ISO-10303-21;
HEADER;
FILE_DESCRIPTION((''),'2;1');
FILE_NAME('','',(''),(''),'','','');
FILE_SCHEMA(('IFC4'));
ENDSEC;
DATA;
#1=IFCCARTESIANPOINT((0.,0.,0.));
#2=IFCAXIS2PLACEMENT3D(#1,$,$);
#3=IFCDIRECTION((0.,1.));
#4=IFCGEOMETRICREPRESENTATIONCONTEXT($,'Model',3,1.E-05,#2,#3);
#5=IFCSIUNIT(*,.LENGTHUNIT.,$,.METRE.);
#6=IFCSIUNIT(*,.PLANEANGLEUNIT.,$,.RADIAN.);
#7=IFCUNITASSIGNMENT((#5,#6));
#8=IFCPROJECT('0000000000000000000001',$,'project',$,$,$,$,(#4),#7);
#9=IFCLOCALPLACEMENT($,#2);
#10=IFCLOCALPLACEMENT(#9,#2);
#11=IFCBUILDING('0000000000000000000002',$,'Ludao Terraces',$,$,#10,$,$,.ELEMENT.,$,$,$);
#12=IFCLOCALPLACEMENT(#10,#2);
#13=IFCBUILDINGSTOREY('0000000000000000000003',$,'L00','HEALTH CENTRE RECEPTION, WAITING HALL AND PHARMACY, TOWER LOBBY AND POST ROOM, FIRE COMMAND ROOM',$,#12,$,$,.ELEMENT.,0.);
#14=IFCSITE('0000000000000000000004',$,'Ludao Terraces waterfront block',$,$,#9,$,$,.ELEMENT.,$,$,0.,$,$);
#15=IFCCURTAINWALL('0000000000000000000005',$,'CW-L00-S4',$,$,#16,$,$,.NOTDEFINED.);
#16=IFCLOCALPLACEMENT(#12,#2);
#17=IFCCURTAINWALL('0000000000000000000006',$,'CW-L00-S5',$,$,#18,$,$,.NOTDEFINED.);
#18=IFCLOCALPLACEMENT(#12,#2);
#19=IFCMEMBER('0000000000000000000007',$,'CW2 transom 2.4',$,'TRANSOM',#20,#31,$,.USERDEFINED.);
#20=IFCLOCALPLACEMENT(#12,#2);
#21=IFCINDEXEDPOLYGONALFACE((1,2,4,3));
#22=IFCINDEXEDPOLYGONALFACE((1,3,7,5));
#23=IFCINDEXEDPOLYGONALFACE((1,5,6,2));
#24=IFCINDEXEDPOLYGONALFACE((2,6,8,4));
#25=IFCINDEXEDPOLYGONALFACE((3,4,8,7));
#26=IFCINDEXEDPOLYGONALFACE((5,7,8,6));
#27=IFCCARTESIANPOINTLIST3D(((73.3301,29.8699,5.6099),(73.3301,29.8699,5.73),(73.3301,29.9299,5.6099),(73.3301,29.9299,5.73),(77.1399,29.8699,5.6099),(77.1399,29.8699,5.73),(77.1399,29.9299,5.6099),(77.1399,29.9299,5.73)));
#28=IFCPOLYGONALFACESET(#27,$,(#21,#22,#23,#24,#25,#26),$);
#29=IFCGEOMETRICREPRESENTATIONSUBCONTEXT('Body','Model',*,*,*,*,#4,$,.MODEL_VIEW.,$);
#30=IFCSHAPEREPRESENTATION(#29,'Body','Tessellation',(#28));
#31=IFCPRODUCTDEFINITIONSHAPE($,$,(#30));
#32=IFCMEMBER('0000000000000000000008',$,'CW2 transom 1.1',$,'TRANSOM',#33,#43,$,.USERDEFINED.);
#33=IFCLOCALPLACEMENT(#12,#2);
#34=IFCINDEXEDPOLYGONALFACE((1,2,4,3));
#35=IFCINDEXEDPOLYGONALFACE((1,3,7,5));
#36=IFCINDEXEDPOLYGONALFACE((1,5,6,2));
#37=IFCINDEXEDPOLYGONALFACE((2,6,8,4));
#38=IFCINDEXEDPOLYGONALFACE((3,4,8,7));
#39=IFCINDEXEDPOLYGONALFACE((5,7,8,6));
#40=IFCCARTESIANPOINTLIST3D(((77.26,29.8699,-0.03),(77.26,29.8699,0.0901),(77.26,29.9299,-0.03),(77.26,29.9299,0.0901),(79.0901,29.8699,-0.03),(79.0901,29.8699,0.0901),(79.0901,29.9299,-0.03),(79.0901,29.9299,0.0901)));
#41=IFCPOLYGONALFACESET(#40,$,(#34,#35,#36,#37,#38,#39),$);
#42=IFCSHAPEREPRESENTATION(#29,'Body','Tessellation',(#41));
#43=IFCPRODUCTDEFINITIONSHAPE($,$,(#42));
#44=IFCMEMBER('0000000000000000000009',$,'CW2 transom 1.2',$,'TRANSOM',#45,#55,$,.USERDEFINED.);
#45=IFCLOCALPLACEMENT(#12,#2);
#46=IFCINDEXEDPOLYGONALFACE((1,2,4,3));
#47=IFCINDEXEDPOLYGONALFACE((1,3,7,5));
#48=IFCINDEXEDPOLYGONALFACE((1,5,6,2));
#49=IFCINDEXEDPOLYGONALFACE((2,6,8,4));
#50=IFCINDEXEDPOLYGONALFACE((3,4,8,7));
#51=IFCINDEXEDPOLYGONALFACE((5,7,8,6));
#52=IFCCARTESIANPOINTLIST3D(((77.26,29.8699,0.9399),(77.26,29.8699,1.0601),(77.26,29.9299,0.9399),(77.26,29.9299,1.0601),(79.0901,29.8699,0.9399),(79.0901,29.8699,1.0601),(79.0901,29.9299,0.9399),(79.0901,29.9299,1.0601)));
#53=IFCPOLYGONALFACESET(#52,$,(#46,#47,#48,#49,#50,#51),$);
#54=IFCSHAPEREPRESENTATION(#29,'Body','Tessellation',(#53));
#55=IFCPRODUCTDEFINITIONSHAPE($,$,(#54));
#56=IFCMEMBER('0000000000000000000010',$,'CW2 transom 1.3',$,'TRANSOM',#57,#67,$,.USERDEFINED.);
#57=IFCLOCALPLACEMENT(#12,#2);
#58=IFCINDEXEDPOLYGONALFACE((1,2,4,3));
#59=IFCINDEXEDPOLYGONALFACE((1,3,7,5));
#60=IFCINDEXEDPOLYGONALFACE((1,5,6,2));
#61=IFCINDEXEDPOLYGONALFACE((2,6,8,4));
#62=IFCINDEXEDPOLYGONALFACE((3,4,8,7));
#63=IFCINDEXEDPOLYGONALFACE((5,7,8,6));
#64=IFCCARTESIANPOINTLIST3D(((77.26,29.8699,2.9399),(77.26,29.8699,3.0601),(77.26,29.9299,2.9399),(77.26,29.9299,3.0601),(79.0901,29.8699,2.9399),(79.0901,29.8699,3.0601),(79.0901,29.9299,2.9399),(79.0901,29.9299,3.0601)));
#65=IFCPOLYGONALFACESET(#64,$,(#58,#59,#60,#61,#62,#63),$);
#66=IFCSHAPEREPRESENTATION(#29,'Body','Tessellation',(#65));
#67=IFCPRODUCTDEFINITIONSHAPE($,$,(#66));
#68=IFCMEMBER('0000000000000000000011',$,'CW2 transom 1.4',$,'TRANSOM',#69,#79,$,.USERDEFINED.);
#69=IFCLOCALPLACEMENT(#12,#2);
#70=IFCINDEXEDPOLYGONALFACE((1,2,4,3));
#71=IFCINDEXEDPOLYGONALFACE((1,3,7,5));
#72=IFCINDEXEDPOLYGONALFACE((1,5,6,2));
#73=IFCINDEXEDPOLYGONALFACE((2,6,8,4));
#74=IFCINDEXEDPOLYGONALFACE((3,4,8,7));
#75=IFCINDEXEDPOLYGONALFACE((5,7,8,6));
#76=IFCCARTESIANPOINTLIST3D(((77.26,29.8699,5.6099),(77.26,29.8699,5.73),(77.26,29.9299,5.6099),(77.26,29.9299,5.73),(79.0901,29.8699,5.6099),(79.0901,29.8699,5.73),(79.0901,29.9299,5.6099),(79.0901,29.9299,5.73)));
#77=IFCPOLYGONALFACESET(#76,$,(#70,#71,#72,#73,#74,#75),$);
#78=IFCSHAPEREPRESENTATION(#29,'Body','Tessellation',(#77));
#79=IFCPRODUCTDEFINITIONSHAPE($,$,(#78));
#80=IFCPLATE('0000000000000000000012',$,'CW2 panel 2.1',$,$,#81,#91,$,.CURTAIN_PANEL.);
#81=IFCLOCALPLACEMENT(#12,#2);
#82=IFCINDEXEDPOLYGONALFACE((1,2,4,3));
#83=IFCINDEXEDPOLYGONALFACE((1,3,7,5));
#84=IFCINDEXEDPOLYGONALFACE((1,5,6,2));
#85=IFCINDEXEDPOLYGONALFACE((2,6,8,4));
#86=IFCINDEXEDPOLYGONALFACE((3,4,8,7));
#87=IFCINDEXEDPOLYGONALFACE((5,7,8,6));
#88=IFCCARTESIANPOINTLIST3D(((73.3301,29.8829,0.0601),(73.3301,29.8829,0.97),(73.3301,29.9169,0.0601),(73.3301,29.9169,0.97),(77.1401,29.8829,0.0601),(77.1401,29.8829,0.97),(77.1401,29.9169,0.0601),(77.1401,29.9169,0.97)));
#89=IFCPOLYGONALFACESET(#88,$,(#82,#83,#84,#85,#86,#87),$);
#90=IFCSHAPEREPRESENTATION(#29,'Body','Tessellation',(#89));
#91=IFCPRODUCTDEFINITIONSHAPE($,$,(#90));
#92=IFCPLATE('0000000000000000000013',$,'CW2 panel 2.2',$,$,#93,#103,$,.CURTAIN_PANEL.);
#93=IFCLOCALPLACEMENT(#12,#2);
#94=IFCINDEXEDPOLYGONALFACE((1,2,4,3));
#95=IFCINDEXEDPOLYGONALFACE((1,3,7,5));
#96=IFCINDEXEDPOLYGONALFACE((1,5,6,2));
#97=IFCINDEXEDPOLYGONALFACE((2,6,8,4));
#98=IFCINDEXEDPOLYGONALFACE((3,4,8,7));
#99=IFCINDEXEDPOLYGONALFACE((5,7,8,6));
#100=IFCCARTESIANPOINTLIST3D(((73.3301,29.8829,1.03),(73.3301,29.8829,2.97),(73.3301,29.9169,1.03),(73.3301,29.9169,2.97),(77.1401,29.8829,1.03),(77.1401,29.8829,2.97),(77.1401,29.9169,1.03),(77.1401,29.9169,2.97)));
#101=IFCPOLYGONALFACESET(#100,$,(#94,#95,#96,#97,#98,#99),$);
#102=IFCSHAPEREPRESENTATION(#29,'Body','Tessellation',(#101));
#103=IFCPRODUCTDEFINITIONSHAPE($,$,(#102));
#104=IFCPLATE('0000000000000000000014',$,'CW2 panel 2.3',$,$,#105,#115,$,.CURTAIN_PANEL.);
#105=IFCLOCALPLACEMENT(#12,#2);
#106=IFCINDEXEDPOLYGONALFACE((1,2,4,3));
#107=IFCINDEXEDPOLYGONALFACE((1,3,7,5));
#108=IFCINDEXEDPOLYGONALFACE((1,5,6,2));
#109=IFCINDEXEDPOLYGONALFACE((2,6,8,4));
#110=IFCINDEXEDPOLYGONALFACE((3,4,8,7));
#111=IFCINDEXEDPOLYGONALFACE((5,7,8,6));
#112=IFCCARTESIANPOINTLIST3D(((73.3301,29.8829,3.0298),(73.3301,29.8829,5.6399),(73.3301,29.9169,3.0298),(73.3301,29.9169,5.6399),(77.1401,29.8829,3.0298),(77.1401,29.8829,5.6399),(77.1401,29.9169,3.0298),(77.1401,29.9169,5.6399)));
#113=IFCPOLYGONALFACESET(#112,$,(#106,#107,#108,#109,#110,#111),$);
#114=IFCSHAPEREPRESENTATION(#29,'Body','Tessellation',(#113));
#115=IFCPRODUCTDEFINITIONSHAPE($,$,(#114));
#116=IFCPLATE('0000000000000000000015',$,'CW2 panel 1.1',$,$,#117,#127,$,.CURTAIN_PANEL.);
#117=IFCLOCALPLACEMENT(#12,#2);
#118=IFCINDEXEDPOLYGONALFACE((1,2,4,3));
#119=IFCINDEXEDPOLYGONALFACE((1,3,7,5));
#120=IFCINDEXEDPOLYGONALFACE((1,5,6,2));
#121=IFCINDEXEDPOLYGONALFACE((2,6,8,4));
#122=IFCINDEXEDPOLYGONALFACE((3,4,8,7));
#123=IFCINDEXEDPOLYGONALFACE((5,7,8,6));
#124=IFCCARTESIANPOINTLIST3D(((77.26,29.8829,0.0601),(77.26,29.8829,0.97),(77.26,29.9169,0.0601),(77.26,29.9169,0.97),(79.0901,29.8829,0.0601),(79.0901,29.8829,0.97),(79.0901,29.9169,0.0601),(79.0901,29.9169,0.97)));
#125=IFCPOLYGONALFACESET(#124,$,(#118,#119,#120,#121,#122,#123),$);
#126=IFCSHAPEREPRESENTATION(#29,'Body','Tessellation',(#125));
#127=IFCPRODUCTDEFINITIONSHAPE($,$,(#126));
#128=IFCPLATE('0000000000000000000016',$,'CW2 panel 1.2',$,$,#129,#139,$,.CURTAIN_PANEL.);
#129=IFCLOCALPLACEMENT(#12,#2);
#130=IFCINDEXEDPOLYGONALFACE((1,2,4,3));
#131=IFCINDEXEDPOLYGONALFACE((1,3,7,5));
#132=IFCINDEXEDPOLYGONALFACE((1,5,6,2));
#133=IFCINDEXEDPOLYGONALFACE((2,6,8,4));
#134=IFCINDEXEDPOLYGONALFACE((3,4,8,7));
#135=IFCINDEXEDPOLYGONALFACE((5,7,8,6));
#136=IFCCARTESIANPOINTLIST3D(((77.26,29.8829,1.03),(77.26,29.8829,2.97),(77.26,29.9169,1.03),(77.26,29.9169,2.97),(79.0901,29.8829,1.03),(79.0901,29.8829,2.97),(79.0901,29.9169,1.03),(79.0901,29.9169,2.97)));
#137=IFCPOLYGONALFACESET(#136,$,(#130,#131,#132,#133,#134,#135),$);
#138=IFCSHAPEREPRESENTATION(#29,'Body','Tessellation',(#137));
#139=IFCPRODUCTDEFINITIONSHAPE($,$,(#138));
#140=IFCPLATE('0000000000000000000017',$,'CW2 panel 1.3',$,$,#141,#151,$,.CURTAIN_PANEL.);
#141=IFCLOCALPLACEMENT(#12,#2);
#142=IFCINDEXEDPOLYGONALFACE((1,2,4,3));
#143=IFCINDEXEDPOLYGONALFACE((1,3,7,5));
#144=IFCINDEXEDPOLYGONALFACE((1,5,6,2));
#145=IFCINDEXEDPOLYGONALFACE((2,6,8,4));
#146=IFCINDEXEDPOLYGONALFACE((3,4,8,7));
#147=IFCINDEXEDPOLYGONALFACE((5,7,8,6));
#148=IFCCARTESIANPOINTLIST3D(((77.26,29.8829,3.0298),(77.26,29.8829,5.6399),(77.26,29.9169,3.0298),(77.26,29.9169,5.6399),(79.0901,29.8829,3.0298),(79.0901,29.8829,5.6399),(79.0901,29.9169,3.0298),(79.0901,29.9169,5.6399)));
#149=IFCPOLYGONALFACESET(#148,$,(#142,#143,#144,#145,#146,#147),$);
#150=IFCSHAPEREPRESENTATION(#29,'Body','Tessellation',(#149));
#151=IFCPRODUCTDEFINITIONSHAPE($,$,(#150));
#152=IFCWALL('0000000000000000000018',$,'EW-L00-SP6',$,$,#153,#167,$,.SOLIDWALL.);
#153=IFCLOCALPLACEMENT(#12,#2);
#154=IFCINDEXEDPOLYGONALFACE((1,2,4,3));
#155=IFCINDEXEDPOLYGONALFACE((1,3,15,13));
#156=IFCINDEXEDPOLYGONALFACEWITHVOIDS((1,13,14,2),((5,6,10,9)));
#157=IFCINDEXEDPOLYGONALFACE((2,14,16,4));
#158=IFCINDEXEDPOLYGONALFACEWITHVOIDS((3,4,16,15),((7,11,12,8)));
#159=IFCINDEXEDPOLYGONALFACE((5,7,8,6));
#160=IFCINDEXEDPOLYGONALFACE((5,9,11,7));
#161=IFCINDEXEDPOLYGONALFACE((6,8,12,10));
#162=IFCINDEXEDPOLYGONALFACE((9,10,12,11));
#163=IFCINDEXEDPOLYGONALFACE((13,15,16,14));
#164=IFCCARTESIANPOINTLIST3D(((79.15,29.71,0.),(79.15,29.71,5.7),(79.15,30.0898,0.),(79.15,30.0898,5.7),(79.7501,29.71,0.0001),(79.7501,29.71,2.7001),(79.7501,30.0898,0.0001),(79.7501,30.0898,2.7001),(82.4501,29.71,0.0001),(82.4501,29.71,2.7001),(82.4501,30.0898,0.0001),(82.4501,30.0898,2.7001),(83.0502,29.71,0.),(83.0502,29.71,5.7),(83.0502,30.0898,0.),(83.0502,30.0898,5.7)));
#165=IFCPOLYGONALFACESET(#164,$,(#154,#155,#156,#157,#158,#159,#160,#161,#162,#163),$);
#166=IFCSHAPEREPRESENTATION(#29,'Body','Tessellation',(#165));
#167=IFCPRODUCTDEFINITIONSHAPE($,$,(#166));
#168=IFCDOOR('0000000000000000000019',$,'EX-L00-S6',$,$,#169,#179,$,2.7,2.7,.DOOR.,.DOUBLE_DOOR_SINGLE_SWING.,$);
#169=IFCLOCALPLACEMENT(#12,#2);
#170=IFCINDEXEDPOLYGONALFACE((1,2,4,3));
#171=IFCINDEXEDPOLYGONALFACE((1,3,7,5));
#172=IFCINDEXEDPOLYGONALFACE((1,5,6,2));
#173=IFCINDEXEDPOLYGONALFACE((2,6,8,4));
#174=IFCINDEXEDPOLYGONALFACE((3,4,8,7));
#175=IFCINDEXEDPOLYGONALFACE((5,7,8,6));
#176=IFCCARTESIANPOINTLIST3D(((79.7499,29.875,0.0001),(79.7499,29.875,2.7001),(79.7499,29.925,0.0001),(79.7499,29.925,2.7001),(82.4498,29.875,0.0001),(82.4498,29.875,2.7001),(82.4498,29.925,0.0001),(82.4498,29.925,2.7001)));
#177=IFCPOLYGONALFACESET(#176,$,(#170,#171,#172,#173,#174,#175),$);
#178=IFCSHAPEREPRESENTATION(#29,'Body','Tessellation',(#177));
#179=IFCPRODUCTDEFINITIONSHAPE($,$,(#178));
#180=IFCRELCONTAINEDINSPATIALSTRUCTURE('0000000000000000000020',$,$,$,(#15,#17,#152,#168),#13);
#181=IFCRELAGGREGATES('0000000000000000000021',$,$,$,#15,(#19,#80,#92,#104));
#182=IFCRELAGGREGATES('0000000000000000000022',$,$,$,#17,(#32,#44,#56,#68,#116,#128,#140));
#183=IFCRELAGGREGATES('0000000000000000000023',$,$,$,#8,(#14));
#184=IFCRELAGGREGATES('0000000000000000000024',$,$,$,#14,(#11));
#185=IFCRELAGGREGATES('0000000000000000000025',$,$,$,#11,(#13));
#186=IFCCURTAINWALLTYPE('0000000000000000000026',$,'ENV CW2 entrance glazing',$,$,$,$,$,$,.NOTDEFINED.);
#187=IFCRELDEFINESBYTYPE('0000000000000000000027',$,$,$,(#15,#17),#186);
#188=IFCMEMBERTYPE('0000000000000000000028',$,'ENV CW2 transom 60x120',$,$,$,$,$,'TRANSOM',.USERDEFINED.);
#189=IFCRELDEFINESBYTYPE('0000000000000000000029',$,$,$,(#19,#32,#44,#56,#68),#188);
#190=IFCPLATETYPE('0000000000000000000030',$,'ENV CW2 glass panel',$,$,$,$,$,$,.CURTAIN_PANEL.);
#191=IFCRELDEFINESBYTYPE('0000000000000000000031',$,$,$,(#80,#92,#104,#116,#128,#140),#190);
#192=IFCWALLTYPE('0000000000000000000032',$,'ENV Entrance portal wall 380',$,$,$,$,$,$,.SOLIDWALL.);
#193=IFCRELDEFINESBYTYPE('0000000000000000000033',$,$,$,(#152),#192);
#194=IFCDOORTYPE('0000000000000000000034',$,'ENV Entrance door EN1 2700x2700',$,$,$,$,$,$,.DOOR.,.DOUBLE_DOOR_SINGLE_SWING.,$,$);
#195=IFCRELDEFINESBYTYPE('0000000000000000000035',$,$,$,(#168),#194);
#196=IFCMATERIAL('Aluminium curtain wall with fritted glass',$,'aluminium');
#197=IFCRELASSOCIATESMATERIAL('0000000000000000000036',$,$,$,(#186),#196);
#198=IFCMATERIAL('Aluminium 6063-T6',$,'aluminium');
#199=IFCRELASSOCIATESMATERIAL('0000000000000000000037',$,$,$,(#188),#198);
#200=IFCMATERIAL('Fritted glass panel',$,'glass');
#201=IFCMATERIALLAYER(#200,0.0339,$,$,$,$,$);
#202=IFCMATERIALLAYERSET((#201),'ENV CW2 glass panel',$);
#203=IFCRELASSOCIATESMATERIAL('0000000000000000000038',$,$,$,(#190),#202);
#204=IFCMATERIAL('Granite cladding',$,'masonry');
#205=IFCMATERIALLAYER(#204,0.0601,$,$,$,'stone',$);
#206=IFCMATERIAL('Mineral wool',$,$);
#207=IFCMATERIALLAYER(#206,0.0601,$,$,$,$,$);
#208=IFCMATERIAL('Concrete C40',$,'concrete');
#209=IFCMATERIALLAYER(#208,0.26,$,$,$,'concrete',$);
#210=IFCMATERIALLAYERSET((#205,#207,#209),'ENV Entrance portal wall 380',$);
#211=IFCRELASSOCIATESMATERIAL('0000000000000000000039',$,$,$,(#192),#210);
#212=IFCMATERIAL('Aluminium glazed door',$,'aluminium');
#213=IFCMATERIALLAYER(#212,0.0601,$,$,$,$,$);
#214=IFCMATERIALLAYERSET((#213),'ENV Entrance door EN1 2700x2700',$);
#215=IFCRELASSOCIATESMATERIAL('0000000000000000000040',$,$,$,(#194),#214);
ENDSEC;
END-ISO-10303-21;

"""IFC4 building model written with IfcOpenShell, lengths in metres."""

from ifc_helpers import new_model, si_unit, direction, frame, frame_2d, origin, origin_2d, place, context, subcontext, project, spatial, rectangle, extrude, material, layer, layer_set, material_profile, profile_set, type_object, element, fill, aggregate, save


model = new_model("IFC4")

# Units and contexts
model_context = context("Model", 3, precision=1e-05, world=origin(), true_north=direction((0.0, 1.0)))
body_context = subcontext(model_context, "Body", "Model", "MODEL_VIEW")
ifc_project = project(units=[si_unit("LENGTHUNIT", "METRE"), si_unit("PLANEANGLEUNIT", "RADIAN")], contexts=[model_context])

# Site, building, storey
site_placement = place(None, origin())
site = spatial("IfcSite", under=ifc_project, at=site_placement, Name="Ludao Terraces waterfront block", CompositionType="ELEMENT", RefElevation=0.0)
building_placement = place(site_placement, origin())
building = spatial("IfcBuilding", under=site, at=building_placement, Name="Ludao Terraces", CompositionType="ELEMENT")
storey_placement = place(building_placement, origin())
storey = spatial("IfcBuildingStorey", under=building, at=storey_placement, Name="L00", Description="HEALTH CENTRE RECEPTION, WAITING HALL AND PHARMACY, TOWER LOBBY AND POST ROOM, FIRE COMMAND ROOM", CompositionType="ELEMENT", Elevation=0.0)

# Curtain wall
ifc_material_1 = material(Name="Aluminium curtain wall with fritted glass", Category="aluminium")
curtain_wall_type = type_object("IfcCurtainWallType", Name="ENV CW2 entrance glazing", PredefinedType="NOTDEFINED", material=ifc_material_1)
curtain_wall_1_placement = place(storey_placement, origin())
curtain_wall_1 = element("IfcCurtainWall", 1, at=curtain_wall_1_placement, inside=storey, type_object=curtain_wall_type, Name="CW-L00-S4", PredefinedType="NOTDEFINED")
ifc_material_2 = material(Name="Aluminium 6063-T6", Category="aluminium")

# Curtain wall
curtain_wall_2_placement = place(storey_placement, origin())
curtain_wall_2 = element("IfcCurtainWall", 2, at=curtain_wall_2_placement, inside=storey, type_object=curtain_wall_type, Name="CW-L00-S5", PredefinedType="NOTDEFINED")

# Members
ifc_material_profile_1 = material_profile(ifc_material_2, rectangle(XDim=0.0601, YDim=0.1201, at=origin_2d()), Name="60 X 120")
ifc_profile_set_1 = profile_set([ifc_material_profile_1], Name="Aluminium 6063-T6")
member_type_1 = type_object("IfcMemberType", Name="ENV CW2 transom 60x120", ElementType="TRANSOM", PredefinedType="USERDEFINED", material=ifc_profile_set_1)
member_1_placement = place(storey_placement, frame((73.3301, 29.8999, 5.6699), z_axis=(1.0, 0.0, 0.0), x_axis=(0.0, 1.0, 0.0)))
member_1 = element("IfcMember", 3, at=member_1_placement, type_object=member_type_1, Name="CW2 transom 2.4", ObjectType="TRANSOM", PredefinedType="USERDEFINED", context=body_context, shape_type="SweptSolid", body=[
    extrude(rectangle(XDim=0.0601, YDim=0.1201, at=origin_2d()), origin(), (0.0, 0.0, 1.0), 3.8098),
])
member_2_placement = place(storey_placement, frame((77.26, 29.8999, 0.03), z_axis=(1.0, 0.0, 0.0), x_axis=(0.0, 1.0, 0.0)))
member_2 = element("IfcMember", 4, at=member_2_placement, type_object=member_type_1, Name="CW2 transom 1.1", ObjectType="TRANSOM", PredefinedType="USERDEFINED", context=body_context, shape_type="SweptSolid", body=[
    extrude(rectangle(XDim=0.0601, YDim=0.1201, at=origin_2d()), origin(), (0.0, 0.0, 1.0), 1.8301),
])
member_3_placement = place(storey_placement, frame((77.26, 29.8999, 1.0), z_axis=(1.0, 0.0, 0.0), x_axis=(0.0, 1.0, 0.0)))
member_3 = element("IfcMember", 5, at=member_3_placement, type_object=member_type_1, Name="CW2 transom 1.2", ObjectType="TRANSOM", PredefinedType="USERDEFINED", context=body_context, shape_type="SweptSolid", body=[
    extrude(rectangle(XDim=0.0601, YDim=0.1201, at=origin_2d()), origin(), (0.0, 0.0, 1.0), 1.8301),
])
member_4_placement = place(storey_placement, frame((77.26, 29.8999, 3.0), z_axis=(1.0, 0.0, 0.0), x_axis=(0.0, 1.0, 0.0)))
member_4 = element("IfcMember", 6, at=member_4_placement, type_object=member_type_1, Name="CW2 transom 1.3", ObjectType="TRANSOM", PredefinedType="USERDEFINED", context=body_context, shape_type="SweptSolid", body=[
    extrude(rectangle(XDim=0.0601, YDim=0.1201, at=origin_2d()), origin(), (0.0, 0.0, 1.0), 1.8301),
])
member_5_placement = place(storey_placement, frame((77.26, 29.8999, 5.6699), z_axis=(1.0, 0.0, 0.0), x_axis=(0.0, 1.0, 0.0)))
member_5 = element("IfcMember", 7, at=member_5_placement, type_object=member_type_1, Name="CW2 transom 1.4", ObjectType="TRANSOM", PredefinedType="USERDEFINED", context=body_context, shape_type="SweptSolid", body=[
    extrude(rectangle(XDim=0.0601, YDim=0.1201, at=origin_2d()), origin(), (0.0, 0.0, 1.0), 1.8301),
])

# Plates
ifc_material_3 = material(Name="Fritted glass panel", Category="glass")
ifc_layer_1 = layer(ifc_material_3, 0.0339)
ifc_layer_set_1 = layer_set([ifc_layer_1], Name="ENV CW2 glass panel")
plate_type = type_object("IfcPlateType", Name="ENV CW2 glass panel", PredefinedType="CURTAIN_PANEL", material=ifc_layer_set_1)
plate_1_placement = place(storey_placement, frame((75.2351, 29.8999, 0.0601), z_axis=(0.0, 0.0, 1.0), x_axis=(1.0, 0.0, 0.0)))
plate_1 = element("IfcPlate", 8, at=plate_1_placement, type_object=plate_type, Name="CW2 panel 2.1", PredefinedType="CURTAIN_PANEL", context=body_context, shape_type="SweptSolid", body=[
    extrude(rectangle(XDim=3.8101, YDim=0.0339, at=origin_2d()), origin(), (0.0, 0.0, 1.0), 0.9099),
])
plate_2_placement = place(storey_placement, frame((75.2351, 29.8999, 1.03), z_axis=(0.0, 0.0, 1.0), x_axis=(1.0, 0.0, 0.0)))
plate_2 = element("IfcPlate", 9, at=plate_2_placement, type_object=plate_type, Name="CW2 panel 2.2", PredefinedType="CURTAIN_PANEL", context=body_context, shape_type="SweptSolid", body=[
    extrude(rectangle(XDim=3.8101, YDim=0.0339, at=origin_2d()), origin(), (0.0, 0.0, 1.0), 1.9399),
])
plate_3_placement = place(storey_placement, frame((75.2351, 29.8999, 3.0298), z_axis=(0.0, 0.0, 1.0), x_axis=(1.0, 0.0, 0.0)))
plate_3 = element("IfcPlate", 10, at=plate_3_placement, type_object=plate_type, Name="CW2 panel 2.3", PredefinedType="CURTAIN_PANEL", context=body_context, shape_type="SweptSolid", body=[
    extrude(rectangle(XDim=3.8101, YDim=0.0339, at=origin_2d()), origin(), (0.0, 0.0, 1.0), 2.6101),
])
aggregate(curtain_wall_1, [member_1, plate_1, plate_2, plate_3])
plate_4_placement = place(storey_placement, frame((78.175, 29.8999, 0.0601), z_axis=(0.0, 0.0, 1.0), x_axis=(1.0, 0.0, 0.0)))
plate_4 = element("IfcPlate", 11, at=plate_4_placement, type_object=plate_type, Name="CW2 panel 1.1", PredefinedType="CURTAIN_PANEL", context=body_context, shape_type="SweptSolid", body=[
    extrude(rectangle(XDim=1.8301, YDim=0.0339, at=origin_2d()), origin(), (0.0, 0.0, 1.0), 0.9099),
])
plate_5_placement = place(storey_placement, frame((78.175, 29.8999, 1.03), z_axis=(0.0, 0.0, 1.0), x_axis=(1.0, 0.0, 0.0)))
plate_5 = element("IfcPlate", 12, at=plate_5_placement, type_object=plate_type, Name="CW2 panel 1.2", PredefinedType="CURTAIN_PANEL", context=body_context, shape_type="SweptSolid", body=[
    extrude(rectangle(XDim=1.8301, YDim=0.0339, at=origin_2d()), origin(), (0.0, 0.0, 1.0), 1.9399),
])
plate_6_placement = place(storey_placement, frame((78.175, 29.8999, 3.0298), z_axis=(0.0, 0.0, 1.0), x_axis=(1.0, 0.0, 0.0)))
plate_6 = element("IfcPlate", 13, at=plate_6_placement, type_object=plate_type, Name="CW2 panel 1.3", PredefinedType="CURTAIN_PANEL", context=body_context, shape_type="SweptSolid", body=[
    extrude(rectangle(XDim=1.8301, YDim=0.0339, at=origin_2d()), origin(), (0.0, 0.0, 1.0), 2.6101),
])
aggregate(curtain_wall_2, [member_2, member_3, member_4, member_5, plate_4, plate_5, plate_6])

# Wall, opening, door
ifc_material_4 = material(Name="Granite cladding", Category="masonry")
ifc_layer_2 = layer(ifc_material_4, 0.0601, Category="stone")
ifc_material_5 = material(Name="Mineral wool")
ifc_layer_3 = layer(ifc_material_5, 0.0601)
ifc_material_6 = material(Name="Concrete C40", Category="concrete")
ifc_layer_4 = layer(ifc_material_6, 0.26, Category="concrete")
ifc_layer_set_2 = layer_set([ifc_layer_2, ifc_layer_3, ifc_layer_4], Name="ENV Entrance portal wall 380")
wall_type_1 = type_object("IfcWallType", Name="ENV Entrance portal wall 380", PredefinedType="SOLIDWALL", material=ifc_layer_set_2)
wall_1_placement = place(storey_placement, frame((79.1499, 29.8999, 0.0), z_axis=(0.0, 0.0, 1.0), x_axis=(1.0, 0.0, 0.0)))
wall_1 = element("IfcWall", 14, at=wall_1_placement, inside=storey, type_object=wall_type_1, Name="EW-L00-SP6", PredefinedType="SOLIDWALL", context=body_context, shape_type="SweptSolid", body=[
    extrude(rectangle(XDim=3.9001, YDim=0.3799, at=frame_2d((1.9502, 0.0))), origin(), (0.0, 0.0, 1.0), 5.7),
])
opening_1_placement = place(wall_1_placement, frame((0.6001, 0.0, 0.0)))
opening_1 = element("IfcOpeningElement", 15, at=opening_1_placement, cuts=wall_1, PredefinedType="OPENING", context=body_context, shape_type="SweptSolid", body=[
    extrude(rectangle(XDim=2.7, YDim=2.7, at=frame_2d((1.3501, 1.3501))), frame((0.0, 0.2, 0.0), z_axis=(0.0, -1.0, 0.0), x_axis=(1.0, 0.0, 0.0)), (0.0, 0.0, 1.0), 0.3999),
])
ifc_material_7 = material(Name="Aluminium glazed door", Category="aluminium")
ifc_layer_5 = layer(ifc_material_7, 0.0601)
ifc_layer_set_3 = layer_set([ifc_layer_5], Name="ENV Entrance door EN1 2700x2700")
door_type_1 = type_object("IfcDoorType", Name="ENV Entrance door EN1 2700x2700", OperationType="DOUBLE_DOOR_SINGLE_SWING", PredefinedType="DOOR", material=ifc_layer_set_3)
door_1_placement = place(opening_1_placement, frame((2.7, 0.0, 0.0), z_axis=(0.0, 0.0, 1.0), x_axis=(-1.0, 0.0, 0.0)))
door_1 = element("IfcDoor", 16, at=door_1_placement, inside=storey, type_object=door_type_1, Name="EX-L00-S6", OperationType="DOUBLE_DOOR_SINGLE_SWING", OverallHeight=2.7, OverallWidth=2.7, PredefinedType="DOOR", context=body_context, shape_type="SweptSolid", body=[
    extrude(rectangle(XDim=2.7, YDim=2.7, at=frame_2d((1.3501, 1.3501))), frame((0.0, 0.0249, 0.0), z_axis=(0.0, -1.0, 0.0), x_axis=(1.0, 0.0, 0.0)), (0.0, 0.0, 1.0), 0.05),
])
fill(opening_1, door_1)

save(model, "model.ifc")
